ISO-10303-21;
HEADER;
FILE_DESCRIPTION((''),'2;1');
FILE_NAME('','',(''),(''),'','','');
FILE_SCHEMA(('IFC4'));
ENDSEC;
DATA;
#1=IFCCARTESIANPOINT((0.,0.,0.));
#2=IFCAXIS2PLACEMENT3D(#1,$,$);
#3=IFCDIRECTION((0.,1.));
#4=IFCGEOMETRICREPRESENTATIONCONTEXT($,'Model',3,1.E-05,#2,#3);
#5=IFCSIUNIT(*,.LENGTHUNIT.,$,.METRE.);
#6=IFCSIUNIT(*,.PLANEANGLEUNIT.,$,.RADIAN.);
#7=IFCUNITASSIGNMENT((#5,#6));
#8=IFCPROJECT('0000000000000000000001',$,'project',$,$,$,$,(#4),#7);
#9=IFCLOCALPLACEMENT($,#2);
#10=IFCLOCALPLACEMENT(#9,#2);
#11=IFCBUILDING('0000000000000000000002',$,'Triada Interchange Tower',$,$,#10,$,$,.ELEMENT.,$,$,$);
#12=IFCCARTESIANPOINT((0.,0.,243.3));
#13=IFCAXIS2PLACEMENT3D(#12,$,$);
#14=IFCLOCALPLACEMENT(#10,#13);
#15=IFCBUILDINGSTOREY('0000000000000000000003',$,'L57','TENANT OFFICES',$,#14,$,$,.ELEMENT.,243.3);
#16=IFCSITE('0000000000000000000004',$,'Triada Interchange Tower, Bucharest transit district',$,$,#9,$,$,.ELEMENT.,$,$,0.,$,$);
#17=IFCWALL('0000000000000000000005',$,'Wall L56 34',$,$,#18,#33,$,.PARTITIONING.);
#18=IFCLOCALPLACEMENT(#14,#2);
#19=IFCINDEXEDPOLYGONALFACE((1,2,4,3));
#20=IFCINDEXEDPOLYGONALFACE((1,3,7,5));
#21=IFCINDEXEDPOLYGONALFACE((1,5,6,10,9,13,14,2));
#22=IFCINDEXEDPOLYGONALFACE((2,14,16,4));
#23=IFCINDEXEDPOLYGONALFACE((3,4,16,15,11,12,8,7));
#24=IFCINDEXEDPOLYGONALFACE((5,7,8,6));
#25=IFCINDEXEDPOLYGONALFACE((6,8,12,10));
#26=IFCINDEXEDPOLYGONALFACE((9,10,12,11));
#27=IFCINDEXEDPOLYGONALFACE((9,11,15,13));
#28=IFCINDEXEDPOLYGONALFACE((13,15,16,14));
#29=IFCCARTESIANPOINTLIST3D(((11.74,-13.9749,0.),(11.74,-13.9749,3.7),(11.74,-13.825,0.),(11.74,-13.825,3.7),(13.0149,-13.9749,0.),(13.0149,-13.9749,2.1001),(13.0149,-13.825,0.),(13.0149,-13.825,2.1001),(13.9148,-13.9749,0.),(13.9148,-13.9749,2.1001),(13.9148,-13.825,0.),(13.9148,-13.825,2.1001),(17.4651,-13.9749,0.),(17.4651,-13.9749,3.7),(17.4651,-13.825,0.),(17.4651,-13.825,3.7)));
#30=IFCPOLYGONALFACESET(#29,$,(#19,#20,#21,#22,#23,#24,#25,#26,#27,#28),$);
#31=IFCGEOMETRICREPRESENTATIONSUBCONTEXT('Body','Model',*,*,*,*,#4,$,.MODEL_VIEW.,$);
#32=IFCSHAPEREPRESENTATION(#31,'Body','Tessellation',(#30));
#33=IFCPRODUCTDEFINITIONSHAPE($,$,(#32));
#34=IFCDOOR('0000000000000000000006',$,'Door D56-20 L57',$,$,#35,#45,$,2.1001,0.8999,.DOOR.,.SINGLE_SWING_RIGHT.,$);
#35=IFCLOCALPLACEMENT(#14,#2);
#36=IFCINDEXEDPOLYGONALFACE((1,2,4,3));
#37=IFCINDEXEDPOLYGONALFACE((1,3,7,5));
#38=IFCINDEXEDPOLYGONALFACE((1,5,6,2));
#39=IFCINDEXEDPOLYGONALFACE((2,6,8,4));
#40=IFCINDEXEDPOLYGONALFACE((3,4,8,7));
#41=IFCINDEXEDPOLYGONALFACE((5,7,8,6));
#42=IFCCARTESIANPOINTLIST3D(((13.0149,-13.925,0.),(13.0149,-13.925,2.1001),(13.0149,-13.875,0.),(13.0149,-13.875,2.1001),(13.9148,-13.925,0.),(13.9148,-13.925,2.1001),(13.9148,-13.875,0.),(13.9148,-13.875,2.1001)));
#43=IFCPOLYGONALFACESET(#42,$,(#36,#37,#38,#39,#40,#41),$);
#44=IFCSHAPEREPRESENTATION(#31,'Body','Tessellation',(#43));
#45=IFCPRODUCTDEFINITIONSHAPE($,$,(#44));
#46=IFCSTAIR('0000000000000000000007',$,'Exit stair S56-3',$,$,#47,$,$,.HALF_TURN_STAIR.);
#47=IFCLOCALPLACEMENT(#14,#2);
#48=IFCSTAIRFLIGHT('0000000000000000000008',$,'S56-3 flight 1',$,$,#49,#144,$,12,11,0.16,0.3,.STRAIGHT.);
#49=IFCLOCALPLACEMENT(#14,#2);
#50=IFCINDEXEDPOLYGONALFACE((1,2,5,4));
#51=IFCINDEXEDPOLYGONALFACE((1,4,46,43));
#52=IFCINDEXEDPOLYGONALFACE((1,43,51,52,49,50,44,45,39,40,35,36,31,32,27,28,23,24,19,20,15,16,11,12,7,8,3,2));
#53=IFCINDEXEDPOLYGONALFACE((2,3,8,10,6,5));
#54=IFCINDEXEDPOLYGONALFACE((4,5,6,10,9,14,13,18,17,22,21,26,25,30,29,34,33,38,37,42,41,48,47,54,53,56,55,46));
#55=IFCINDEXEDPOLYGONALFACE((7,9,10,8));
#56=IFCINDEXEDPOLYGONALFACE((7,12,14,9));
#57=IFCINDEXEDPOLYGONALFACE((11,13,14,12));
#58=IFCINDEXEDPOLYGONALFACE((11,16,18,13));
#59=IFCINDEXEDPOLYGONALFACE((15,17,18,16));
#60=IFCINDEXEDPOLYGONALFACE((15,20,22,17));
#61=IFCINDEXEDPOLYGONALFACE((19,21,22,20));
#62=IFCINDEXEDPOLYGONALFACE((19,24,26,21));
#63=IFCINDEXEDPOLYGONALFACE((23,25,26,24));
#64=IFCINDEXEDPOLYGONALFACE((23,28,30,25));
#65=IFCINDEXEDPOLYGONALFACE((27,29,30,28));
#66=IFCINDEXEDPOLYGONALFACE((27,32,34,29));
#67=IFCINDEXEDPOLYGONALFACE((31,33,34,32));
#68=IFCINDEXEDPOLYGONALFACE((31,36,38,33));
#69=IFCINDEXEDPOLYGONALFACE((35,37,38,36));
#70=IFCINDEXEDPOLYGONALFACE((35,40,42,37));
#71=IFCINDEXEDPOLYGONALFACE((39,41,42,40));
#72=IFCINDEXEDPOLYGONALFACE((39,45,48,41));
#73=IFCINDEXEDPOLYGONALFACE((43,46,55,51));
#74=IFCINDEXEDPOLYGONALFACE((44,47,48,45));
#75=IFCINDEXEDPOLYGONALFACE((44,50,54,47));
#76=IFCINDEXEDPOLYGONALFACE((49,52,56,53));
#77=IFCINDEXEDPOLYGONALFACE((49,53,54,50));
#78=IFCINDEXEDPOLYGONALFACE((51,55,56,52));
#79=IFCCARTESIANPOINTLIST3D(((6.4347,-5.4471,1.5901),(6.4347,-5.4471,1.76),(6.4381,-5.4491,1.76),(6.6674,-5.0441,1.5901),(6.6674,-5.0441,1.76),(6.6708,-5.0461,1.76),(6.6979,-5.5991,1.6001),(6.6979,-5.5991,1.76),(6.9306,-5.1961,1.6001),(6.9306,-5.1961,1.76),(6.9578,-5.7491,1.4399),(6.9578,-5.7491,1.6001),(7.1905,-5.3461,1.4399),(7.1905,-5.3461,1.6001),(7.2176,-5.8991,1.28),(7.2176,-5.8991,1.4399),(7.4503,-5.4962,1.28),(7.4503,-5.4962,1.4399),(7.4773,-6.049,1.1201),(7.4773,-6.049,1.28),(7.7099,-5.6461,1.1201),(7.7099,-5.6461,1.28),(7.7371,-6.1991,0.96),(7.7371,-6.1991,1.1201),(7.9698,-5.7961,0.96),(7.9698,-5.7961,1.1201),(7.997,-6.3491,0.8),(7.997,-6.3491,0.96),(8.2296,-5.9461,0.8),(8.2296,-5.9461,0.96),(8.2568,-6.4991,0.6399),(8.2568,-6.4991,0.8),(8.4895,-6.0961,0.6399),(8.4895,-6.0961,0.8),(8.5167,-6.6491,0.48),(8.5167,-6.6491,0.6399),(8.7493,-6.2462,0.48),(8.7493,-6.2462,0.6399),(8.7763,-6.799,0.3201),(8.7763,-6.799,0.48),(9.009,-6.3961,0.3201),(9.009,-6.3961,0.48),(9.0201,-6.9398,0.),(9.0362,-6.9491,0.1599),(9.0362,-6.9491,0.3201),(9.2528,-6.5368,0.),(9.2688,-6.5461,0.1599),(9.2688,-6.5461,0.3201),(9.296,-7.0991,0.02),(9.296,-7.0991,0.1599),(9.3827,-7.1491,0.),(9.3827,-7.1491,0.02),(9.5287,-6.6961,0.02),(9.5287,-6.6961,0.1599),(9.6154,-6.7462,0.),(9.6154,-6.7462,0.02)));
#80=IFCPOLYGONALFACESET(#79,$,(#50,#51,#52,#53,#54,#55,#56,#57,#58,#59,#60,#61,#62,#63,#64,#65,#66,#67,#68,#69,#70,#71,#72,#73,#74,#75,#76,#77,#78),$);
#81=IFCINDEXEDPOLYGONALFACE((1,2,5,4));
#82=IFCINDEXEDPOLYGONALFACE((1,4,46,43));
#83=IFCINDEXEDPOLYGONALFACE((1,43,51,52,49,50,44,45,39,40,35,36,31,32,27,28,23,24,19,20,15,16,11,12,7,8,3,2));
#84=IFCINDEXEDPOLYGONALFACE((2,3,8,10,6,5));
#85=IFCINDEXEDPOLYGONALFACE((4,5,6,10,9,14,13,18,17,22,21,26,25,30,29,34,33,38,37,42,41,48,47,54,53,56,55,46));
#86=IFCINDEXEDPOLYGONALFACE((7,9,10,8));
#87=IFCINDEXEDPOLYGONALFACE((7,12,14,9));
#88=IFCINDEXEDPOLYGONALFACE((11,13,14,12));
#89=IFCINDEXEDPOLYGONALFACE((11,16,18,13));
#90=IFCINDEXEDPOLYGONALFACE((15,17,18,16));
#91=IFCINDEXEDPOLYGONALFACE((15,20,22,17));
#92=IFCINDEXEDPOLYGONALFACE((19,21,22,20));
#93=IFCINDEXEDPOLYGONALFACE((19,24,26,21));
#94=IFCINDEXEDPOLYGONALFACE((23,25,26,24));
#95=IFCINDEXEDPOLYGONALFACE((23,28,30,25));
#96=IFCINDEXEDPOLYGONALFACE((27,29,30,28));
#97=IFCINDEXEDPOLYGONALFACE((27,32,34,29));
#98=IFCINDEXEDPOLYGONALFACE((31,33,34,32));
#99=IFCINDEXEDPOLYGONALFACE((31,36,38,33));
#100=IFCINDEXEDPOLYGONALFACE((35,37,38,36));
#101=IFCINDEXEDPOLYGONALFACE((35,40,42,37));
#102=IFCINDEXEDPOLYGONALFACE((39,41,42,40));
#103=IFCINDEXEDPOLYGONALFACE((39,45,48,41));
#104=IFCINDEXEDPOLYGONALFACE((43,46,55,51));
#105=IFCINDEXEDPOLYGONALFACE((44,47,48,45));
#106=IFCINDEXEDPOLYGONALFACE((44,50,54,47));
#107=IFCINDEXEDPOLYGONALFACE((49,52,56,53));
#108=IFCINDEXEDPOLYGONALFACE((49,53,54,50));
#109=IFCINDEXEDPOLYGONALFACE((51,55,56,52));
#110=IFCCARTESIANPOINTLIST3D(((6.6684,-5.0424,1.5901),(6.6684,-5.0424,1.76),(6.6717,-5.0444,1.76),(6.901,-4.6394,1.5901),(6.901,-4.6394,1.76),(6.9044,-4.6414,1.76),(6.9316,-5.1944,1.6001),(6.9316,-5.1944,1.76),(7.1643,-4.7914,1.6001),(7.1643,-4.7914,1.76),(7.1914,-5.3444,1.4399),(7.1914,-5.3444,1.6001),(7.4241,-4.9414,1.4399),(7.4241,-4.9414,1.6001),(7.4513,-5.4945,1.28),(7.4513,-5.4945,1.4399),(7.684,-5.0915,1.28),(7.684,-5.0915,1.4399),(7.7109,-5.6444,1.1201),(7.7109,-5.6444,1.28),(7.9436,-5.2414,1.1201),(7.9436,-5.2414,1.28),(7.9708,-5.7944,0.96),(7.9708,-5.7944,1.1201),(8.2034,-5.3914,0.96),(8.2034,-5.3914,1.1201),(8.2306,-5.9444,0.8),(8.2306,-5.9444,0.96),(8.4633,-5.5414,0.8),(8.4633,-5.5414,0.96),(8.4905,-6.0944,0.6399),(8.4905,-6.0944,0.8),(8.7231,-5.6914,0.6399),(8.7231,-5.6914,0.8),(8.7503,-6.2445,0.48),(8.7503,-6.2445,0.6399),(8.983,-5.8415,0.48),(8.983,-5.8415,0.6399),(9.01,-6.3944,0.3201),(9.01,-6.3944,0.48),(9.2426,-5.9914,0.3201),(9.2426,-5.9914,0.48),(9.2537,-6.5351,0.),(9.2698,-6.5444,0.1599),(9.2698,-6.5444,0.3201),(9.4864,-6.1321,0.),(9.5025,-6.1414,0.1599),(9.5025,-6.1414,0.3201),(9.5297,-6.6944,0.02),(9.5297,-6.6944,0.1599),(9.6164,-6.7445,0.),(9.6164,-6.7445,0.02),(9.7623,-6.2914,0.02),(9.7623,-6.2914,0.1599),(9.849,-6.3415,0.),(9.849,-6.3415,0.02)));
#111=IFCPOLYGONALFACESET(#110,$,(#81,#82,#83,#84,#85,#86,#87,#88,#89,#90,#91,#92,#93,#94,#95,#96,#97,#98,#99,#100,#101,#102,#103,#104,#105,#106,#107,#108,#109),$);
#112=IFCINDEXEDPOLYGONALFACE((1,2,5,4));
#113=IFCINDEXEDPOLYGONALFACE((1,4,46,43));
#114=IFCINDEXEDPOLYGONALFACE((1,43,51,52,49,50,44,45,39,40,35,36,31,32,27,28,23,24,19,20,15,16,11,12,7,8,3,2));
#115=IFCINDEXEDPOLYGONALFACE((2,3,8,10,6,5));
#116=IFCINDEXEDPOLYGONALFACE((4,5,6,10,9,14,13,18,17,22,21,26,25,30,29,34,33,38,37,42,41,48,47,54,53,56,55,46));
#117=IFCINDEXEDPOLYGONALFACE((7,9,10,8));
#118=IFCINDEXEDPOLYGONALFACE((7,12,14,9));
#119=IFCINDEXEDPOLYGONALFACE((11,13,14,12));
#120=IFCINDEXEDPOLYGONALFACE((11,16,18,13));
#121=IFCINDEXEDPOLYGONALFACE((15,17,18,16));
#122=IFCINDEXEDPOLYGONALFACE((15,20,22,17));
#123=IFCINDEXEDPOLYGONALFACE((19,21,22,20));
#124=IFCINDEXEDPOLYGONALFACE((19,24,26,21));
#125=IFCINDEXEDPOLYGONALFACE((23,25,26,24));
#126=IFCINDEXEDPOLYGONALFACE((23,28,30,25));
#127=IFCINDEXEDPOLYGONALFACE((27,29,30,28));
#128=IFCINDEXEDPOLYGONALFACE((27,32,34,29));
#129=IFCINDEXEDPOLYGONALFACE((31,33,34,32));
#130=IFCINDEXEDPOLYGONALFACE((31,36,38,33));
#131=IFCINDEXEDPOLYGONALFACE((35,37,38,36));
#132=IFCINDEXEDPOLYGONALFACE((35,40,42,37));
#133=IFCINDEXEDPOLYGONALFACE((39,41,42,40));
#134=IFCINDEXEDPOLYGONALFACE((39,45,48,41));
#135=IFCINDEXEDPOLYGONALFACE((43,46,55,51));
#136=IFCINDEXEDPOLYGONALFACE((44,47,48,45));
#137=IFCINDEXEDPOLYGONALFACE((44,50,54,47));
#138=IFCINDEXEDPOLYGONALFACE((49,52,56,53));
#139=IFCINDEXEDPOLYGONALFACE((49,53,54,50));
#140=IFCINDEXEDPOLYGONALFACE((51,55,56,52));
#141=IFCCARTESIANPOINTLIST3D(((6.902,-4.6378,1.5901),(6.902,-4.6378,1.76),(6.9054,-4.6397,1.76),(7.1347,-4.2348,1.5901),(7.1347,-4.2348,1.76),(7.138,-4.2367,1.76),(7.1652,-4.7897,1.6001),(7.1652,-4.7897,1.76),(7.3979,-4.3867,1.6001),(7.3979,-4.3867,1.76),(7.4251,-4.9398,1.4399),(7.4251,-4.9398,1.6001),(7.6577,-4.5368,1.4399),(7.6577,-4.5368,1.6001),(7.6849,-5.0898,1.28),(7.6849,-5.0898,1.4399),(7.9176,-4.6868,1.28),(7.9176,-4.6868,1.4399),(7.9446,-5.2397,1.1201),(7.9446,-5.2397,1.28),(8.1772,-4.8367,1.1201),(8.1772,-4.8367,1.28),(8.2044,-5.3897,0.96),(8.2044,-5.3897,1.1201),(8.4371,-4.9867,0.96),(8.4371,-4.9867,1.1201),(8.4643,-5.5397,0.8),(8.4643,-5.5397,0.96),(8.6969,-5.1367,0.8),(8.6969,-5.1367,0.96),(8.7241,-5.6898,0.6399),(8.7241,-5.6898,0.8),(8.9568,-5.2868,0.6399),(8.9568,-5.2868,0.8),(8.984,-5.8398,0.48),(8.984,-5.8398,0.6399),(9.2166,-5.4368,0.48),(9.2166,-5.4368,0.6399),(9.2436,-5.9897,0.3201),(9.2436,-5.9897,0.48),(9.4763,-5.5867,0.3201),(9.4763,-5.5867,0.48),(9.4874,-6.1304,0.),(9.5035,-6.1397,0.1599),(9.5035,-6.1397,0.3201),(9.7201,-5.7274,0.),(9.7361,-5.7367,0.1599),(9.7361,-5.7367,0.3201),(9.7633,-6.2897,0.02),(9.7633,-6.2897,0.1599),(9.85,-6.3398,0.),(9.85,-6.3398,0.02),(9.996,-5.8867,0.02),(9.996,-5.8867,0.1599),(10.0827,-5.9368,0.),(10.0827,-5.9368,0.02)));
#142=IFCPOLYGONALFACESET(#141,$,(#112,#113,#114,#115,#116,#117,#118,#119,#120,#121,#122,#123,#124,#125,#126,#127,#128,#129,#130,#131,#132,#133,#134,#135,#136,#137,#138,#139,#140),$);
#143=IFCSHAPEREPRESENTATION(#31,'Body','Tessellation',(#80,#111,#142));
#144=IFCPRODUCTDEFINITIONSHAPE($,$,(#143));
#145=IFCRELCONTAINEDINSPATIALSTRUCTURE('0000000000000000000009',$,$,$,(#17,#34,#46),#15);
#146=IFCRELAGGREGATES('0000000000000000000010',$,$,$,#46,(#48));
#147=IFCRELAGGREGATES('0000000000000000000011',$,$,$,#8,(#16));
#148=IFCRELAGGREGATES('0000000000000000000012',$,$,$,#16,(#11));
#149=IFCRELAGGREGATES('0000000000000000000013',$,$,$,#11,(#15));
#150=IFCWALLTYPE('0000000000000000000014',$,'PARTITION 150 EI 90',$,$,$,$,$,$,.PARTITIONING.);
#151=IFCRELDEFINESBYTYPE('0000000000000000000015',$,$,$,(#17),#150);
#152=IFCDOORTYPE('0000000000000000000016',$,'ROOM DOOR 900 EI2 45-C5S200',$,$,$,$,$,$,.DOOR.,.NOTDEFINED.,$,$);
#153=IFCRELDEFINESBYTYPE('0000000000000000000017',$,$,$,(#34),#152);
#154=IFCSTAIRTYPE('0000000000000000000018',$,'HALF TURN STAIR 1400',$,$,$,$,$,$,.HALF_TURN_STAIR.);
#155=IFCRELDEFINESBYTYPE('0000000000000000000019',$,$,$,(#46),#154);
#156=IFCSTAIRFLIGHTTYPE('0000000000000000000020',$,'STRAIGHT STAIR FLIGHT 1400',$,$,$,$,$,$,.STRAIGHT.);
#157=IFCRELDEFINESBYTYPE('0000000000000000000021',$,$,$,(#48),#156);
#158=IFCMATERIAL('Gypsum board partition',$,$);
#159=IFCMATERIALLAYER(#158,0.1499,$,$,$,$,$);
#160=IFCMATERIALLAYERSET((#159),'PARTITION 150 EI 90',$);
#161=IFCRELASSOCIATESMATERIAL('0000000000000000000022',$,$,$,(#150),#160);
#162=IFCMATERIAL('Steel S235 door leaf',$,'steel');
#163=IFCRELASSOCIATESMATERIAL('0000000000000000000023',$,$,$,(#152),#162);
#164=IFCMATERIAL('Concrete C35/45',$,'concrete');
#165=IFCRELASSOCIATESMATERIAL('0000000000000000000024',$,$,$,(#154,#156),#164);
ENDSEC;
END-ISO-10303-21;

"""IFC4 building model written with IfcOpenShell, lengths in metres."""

from ifc_helpers import new_model, si_unit, direction, frame, frame_2d, origin, place, context, subcontext, project, spatial, polyline, rectangle, outline, extrude, material, layer, layer_set, type_object, element, fill, aggregate, save


model = new_model("IFC4")

# Units and contexts
model_context = context("Model", 3, precision=1e-05, world=origin(), true_north=direction((0.0, 1.0)))
body_context = subcontext(model_context, "Body", "Model", "MODEL_VIEW")
ifc_project = project(units=[si_unit("LENGTHUNIT", "METRE"), si_unit("PLANEANGLEUNIT", "RADIAN")], contexts=[model_context])

# Site, building, storey
site_placement = place(None, origin())
site = spatial("IfcSite", under=ifc_project, at=site_placement, Name="Triada Interchange Tower, Bucharest transit district", CompositionType="ELEMENT", RefElevation=0.0)
building_placement = place(site_placement, origin())
building = spatial("IfcBuilding", under=site, at=building_placement, Name="Triada Interchange Tower", CompositionType="ELEMENT")
storey_placement = place(building_placement, frame((0.0, 0.0, 243.3)))
storey = spatial("IfcBuildingStorey", under=building, at=storey_placement, Name="L57", Description="TENANT OFFICES", CompositionType="ELEMENT", Elevation=243.3)

# Shared definitions
ifc_material_1 = material(Name="Steel S235 door leaf", Category="steel")

# Shared definitions
ifc_material_2 = material(Name="Gypsum board partition")

# Wall, opening, door
ifc_layer_1 = layer(ifc_material_2, 0.1499)
ifc_layer_set_1 = layer_set([ifc_layer_1], Name="PARTITION 150 EI 90")
wall_type_1 = type_object("IfcWallType", Name="PARTITION 150 EI 90", PredefinedType="PARTITIONING", material=ifc_layer_set_1)
wall_1_placement = place(storey_placement, frame((11.74, -13.8999, 0.0), z_axis=(0.0, 0.0, 1.0), x_axis=(1.0, 0.0, 0.0)))
wall_1 = element("IfcWall", 1, at=wall_1_placement, inside=storey, type_object=wall_type_1, Name="Wall L56 34", PredefinedType="PARTITIONING", context=body_context, shape_type="SweptSolid", body=[
    extrude(rectangle(XDim=5.7251, YDim=0.1499, at=frame_2d((2.8625, 0.0))), origin(), (0.0, 0.0, 1.0), 3.7),
])
opening_1_placement = place(wall_1_placement, frame((1.2749, 0.0, 0.0)))
opening_1 = element("IfcOpeningElement", 2, at=opening_1_placement, cuts=wall_1, PredefinedType="OPENING", context=body_context, shape_type="SweptSolid", body=[
    extrude(rectangle(XDim=0.8999, YDim=2.1001, at=frame_2d((0.45, 1.05))), frame((0.0, 0.085, 0.0), z_axis=(0.0, -1.0, 0.0), x_axis=(1.0, 0.0, 0.0)), (0.0, 0.0, 1.0), 0.1699),
])
door_type_1 = type_object("IfcDoorType", Name="ROOM DOOR 900 EI2 45-C5S200", OperationType="NOTDEFINED", PredefinedType="DOOR", material=ifc_material_1)
door_1_placement = place(opening_1_placement, origin())
door_1 = element("IfcDoor", 3, at=door_1_placement, inside=storey, type_object=door_type_1, Name="Door D56-20 L57", OperationType="SINGLE_SWING_RIGHT", OverallHeight=2.1001, OverallWidth=0.8999, PredefinedType="DOOR", context=body_context, shape_type="SweptSolid", body=[
    extrude(rectangle(XDim=0.8999, YDim=2.1001, at=frame_2d((0.45, 1.05))), frame((0.0, 0.0249, 0.0), z_axis=(0.0, -1.0, 0.0), x_axis=(1.0, 0.0, 0.0)), (0.0, 0.0, 1.0), 0.05),
])
fill(opening_1, door_1)

# Stair, stair flight
ifc_material_3 = material(Name="Concrete C35/45", Category="concrete")
stair_type = type_object("IfcStairType", Name="HALF TURN STAIR 1400", PredefinedType="HALF_TURN_STAIR", material=ifc_material_3)
stair_placement = place(storey_placement, origin())
stair = element("IfcStair", 4, at=stair_placement, inside=storey, type_object=stair_type, Name="Exit stair S56-3", PredefinedType="HALF_TURN_STAIR")
stair_flight_type = type_object("IfcStairFlightType", Name="STRAIGHT STAIR FLIGHT 1400", PredefinedType="STRAIGHT", material=ifc_material_3)
stair_flight_1_placement = place(storey_placement, frame((9.646, -6.4929, 0.0), z_axis=(0.0, 0.0, 1.0), x_axis=(-0.866025, 0.5, 0.0)))
stair_flight_1 = element("IfcStairFlight", 5, at=stair_flight_1_placement, type_object=stair_flight_type, Name="S56-3 flight 1", NumberOfRisers=12, NumberOfTreads=11, PredefinedType="STRAIGHT", RiserHeight=0.16, TreadLength=0.3, context=body_context, shape_type="SweptSolid", body=[
    extrude(outline(polyline([(-0.1001, 0.0), (-0.1001, 0.02), (0.0, 0.02), (0.0, 0.1599), (0.3, 0.1599), (0.3, 0.3201), (0.6001, 0.3201), (0.6001, 0.48), (0.8999, 0.48), (0.8999, 0.6399), (1.2, 0.6399), (1.2, 0.8), (1.5, 0.8), (1.5, 0.96), (1.8, 0.96), (1.8, 1.1201), (2.1001, 1.1201), (2.1001, 1.28), (2.3999, 1.28), (2.3999, 1.4399), (2.7, 1.4399), (2.7, 1.6001), (3.0, 1.6001), (3.0, 1.76), (3.3, 1.76), (3.304, 1.76), (3.304, 1.9199), (3.304, 1.5901), (0.3186, 0.0), (-0.1001, 0.0)])), frame((0.0, 0.7, 0.0), z_axis=(0.0, -1.0, 0.0), x_axis=(1.0, 0.0, 0.0)), (0.0, 0.0, 1.0), 0.4653),
    extrude(outline(polyline([(-0.1001, 0.0), (-0.1001, 0.02), (0.0, 0.02), (0.0, 0.1599), (0.3, 0.1599), (0.3, 0.3201), (0.6001, 0.3201), (0.6001, 0.48), (0.8999, 0.48), (0.8999, 0.6399), (1.2, 0.6399), (1.2, 0.8), (1.5, 0.8), (1.5, 0.96), (1.8, 0.96), (1.8, 1.1201), (2.1001, 1.1201), (2.1001, 1.28), (2.3999, 1.28), (2.3999, 1.4399), (2.7, 1.4399), (2.7, 1.6001), (3.0, 1.6001), (3.0, 1.76), (3.3, 1.76), (3.304, 1.76), (3.304, 1.9199), (3.304, 1.5901), (0.3186, 0.0), (-0.1001, 0.0)])), frame((0.0, 0.2327, 0.0), z_axis=(0.0, -1.0, 0.0), x_axis=(1.0, 0.0, 0.0)), (0.0, 0.0, 1.0), 0.4653),
    extrude(outline(polyline([(-0.1001, 0.0), (-0.1001, 0.02), (0.0, 0.02), (0.0, 0.1599), (0.3, 0.1599), (0.3, 0.3201), (0.6001, 0.3201), (0.6001, 0.48), (0.8999, 0.48), (0.8999, 0.6399), (1.2, 0.6399), (1.2, 0.8), (1.5, 0.8), (1.5, 0.96), (1.8, 0.96), (1.8, 1.1201), (2.1001, 1.1201), (2.1001, 1.28), (2.3999, 1.28), (2.3999, 1.4399), (2.7, 1.4399), (2.7, 1.6001), (3.0, 1.6001), (3.0, 1.76), (3.3, 1.76), (3.304, 1.76), (3.304, 1.9199), (3.304, 1.5901), (0.3186, 0.0), (-0.1001, 0.0)])), frame((0.0, -0.2346, 0.0), z_axis=(0.0, -1.0, 0.0), x_axis=(1.0, 0.0, 0.0)), (0.0, 0.0, 1.0), 0.4653),
])
aggregate(stair, [stair_flight_1])

save(model, "model.ifc")
